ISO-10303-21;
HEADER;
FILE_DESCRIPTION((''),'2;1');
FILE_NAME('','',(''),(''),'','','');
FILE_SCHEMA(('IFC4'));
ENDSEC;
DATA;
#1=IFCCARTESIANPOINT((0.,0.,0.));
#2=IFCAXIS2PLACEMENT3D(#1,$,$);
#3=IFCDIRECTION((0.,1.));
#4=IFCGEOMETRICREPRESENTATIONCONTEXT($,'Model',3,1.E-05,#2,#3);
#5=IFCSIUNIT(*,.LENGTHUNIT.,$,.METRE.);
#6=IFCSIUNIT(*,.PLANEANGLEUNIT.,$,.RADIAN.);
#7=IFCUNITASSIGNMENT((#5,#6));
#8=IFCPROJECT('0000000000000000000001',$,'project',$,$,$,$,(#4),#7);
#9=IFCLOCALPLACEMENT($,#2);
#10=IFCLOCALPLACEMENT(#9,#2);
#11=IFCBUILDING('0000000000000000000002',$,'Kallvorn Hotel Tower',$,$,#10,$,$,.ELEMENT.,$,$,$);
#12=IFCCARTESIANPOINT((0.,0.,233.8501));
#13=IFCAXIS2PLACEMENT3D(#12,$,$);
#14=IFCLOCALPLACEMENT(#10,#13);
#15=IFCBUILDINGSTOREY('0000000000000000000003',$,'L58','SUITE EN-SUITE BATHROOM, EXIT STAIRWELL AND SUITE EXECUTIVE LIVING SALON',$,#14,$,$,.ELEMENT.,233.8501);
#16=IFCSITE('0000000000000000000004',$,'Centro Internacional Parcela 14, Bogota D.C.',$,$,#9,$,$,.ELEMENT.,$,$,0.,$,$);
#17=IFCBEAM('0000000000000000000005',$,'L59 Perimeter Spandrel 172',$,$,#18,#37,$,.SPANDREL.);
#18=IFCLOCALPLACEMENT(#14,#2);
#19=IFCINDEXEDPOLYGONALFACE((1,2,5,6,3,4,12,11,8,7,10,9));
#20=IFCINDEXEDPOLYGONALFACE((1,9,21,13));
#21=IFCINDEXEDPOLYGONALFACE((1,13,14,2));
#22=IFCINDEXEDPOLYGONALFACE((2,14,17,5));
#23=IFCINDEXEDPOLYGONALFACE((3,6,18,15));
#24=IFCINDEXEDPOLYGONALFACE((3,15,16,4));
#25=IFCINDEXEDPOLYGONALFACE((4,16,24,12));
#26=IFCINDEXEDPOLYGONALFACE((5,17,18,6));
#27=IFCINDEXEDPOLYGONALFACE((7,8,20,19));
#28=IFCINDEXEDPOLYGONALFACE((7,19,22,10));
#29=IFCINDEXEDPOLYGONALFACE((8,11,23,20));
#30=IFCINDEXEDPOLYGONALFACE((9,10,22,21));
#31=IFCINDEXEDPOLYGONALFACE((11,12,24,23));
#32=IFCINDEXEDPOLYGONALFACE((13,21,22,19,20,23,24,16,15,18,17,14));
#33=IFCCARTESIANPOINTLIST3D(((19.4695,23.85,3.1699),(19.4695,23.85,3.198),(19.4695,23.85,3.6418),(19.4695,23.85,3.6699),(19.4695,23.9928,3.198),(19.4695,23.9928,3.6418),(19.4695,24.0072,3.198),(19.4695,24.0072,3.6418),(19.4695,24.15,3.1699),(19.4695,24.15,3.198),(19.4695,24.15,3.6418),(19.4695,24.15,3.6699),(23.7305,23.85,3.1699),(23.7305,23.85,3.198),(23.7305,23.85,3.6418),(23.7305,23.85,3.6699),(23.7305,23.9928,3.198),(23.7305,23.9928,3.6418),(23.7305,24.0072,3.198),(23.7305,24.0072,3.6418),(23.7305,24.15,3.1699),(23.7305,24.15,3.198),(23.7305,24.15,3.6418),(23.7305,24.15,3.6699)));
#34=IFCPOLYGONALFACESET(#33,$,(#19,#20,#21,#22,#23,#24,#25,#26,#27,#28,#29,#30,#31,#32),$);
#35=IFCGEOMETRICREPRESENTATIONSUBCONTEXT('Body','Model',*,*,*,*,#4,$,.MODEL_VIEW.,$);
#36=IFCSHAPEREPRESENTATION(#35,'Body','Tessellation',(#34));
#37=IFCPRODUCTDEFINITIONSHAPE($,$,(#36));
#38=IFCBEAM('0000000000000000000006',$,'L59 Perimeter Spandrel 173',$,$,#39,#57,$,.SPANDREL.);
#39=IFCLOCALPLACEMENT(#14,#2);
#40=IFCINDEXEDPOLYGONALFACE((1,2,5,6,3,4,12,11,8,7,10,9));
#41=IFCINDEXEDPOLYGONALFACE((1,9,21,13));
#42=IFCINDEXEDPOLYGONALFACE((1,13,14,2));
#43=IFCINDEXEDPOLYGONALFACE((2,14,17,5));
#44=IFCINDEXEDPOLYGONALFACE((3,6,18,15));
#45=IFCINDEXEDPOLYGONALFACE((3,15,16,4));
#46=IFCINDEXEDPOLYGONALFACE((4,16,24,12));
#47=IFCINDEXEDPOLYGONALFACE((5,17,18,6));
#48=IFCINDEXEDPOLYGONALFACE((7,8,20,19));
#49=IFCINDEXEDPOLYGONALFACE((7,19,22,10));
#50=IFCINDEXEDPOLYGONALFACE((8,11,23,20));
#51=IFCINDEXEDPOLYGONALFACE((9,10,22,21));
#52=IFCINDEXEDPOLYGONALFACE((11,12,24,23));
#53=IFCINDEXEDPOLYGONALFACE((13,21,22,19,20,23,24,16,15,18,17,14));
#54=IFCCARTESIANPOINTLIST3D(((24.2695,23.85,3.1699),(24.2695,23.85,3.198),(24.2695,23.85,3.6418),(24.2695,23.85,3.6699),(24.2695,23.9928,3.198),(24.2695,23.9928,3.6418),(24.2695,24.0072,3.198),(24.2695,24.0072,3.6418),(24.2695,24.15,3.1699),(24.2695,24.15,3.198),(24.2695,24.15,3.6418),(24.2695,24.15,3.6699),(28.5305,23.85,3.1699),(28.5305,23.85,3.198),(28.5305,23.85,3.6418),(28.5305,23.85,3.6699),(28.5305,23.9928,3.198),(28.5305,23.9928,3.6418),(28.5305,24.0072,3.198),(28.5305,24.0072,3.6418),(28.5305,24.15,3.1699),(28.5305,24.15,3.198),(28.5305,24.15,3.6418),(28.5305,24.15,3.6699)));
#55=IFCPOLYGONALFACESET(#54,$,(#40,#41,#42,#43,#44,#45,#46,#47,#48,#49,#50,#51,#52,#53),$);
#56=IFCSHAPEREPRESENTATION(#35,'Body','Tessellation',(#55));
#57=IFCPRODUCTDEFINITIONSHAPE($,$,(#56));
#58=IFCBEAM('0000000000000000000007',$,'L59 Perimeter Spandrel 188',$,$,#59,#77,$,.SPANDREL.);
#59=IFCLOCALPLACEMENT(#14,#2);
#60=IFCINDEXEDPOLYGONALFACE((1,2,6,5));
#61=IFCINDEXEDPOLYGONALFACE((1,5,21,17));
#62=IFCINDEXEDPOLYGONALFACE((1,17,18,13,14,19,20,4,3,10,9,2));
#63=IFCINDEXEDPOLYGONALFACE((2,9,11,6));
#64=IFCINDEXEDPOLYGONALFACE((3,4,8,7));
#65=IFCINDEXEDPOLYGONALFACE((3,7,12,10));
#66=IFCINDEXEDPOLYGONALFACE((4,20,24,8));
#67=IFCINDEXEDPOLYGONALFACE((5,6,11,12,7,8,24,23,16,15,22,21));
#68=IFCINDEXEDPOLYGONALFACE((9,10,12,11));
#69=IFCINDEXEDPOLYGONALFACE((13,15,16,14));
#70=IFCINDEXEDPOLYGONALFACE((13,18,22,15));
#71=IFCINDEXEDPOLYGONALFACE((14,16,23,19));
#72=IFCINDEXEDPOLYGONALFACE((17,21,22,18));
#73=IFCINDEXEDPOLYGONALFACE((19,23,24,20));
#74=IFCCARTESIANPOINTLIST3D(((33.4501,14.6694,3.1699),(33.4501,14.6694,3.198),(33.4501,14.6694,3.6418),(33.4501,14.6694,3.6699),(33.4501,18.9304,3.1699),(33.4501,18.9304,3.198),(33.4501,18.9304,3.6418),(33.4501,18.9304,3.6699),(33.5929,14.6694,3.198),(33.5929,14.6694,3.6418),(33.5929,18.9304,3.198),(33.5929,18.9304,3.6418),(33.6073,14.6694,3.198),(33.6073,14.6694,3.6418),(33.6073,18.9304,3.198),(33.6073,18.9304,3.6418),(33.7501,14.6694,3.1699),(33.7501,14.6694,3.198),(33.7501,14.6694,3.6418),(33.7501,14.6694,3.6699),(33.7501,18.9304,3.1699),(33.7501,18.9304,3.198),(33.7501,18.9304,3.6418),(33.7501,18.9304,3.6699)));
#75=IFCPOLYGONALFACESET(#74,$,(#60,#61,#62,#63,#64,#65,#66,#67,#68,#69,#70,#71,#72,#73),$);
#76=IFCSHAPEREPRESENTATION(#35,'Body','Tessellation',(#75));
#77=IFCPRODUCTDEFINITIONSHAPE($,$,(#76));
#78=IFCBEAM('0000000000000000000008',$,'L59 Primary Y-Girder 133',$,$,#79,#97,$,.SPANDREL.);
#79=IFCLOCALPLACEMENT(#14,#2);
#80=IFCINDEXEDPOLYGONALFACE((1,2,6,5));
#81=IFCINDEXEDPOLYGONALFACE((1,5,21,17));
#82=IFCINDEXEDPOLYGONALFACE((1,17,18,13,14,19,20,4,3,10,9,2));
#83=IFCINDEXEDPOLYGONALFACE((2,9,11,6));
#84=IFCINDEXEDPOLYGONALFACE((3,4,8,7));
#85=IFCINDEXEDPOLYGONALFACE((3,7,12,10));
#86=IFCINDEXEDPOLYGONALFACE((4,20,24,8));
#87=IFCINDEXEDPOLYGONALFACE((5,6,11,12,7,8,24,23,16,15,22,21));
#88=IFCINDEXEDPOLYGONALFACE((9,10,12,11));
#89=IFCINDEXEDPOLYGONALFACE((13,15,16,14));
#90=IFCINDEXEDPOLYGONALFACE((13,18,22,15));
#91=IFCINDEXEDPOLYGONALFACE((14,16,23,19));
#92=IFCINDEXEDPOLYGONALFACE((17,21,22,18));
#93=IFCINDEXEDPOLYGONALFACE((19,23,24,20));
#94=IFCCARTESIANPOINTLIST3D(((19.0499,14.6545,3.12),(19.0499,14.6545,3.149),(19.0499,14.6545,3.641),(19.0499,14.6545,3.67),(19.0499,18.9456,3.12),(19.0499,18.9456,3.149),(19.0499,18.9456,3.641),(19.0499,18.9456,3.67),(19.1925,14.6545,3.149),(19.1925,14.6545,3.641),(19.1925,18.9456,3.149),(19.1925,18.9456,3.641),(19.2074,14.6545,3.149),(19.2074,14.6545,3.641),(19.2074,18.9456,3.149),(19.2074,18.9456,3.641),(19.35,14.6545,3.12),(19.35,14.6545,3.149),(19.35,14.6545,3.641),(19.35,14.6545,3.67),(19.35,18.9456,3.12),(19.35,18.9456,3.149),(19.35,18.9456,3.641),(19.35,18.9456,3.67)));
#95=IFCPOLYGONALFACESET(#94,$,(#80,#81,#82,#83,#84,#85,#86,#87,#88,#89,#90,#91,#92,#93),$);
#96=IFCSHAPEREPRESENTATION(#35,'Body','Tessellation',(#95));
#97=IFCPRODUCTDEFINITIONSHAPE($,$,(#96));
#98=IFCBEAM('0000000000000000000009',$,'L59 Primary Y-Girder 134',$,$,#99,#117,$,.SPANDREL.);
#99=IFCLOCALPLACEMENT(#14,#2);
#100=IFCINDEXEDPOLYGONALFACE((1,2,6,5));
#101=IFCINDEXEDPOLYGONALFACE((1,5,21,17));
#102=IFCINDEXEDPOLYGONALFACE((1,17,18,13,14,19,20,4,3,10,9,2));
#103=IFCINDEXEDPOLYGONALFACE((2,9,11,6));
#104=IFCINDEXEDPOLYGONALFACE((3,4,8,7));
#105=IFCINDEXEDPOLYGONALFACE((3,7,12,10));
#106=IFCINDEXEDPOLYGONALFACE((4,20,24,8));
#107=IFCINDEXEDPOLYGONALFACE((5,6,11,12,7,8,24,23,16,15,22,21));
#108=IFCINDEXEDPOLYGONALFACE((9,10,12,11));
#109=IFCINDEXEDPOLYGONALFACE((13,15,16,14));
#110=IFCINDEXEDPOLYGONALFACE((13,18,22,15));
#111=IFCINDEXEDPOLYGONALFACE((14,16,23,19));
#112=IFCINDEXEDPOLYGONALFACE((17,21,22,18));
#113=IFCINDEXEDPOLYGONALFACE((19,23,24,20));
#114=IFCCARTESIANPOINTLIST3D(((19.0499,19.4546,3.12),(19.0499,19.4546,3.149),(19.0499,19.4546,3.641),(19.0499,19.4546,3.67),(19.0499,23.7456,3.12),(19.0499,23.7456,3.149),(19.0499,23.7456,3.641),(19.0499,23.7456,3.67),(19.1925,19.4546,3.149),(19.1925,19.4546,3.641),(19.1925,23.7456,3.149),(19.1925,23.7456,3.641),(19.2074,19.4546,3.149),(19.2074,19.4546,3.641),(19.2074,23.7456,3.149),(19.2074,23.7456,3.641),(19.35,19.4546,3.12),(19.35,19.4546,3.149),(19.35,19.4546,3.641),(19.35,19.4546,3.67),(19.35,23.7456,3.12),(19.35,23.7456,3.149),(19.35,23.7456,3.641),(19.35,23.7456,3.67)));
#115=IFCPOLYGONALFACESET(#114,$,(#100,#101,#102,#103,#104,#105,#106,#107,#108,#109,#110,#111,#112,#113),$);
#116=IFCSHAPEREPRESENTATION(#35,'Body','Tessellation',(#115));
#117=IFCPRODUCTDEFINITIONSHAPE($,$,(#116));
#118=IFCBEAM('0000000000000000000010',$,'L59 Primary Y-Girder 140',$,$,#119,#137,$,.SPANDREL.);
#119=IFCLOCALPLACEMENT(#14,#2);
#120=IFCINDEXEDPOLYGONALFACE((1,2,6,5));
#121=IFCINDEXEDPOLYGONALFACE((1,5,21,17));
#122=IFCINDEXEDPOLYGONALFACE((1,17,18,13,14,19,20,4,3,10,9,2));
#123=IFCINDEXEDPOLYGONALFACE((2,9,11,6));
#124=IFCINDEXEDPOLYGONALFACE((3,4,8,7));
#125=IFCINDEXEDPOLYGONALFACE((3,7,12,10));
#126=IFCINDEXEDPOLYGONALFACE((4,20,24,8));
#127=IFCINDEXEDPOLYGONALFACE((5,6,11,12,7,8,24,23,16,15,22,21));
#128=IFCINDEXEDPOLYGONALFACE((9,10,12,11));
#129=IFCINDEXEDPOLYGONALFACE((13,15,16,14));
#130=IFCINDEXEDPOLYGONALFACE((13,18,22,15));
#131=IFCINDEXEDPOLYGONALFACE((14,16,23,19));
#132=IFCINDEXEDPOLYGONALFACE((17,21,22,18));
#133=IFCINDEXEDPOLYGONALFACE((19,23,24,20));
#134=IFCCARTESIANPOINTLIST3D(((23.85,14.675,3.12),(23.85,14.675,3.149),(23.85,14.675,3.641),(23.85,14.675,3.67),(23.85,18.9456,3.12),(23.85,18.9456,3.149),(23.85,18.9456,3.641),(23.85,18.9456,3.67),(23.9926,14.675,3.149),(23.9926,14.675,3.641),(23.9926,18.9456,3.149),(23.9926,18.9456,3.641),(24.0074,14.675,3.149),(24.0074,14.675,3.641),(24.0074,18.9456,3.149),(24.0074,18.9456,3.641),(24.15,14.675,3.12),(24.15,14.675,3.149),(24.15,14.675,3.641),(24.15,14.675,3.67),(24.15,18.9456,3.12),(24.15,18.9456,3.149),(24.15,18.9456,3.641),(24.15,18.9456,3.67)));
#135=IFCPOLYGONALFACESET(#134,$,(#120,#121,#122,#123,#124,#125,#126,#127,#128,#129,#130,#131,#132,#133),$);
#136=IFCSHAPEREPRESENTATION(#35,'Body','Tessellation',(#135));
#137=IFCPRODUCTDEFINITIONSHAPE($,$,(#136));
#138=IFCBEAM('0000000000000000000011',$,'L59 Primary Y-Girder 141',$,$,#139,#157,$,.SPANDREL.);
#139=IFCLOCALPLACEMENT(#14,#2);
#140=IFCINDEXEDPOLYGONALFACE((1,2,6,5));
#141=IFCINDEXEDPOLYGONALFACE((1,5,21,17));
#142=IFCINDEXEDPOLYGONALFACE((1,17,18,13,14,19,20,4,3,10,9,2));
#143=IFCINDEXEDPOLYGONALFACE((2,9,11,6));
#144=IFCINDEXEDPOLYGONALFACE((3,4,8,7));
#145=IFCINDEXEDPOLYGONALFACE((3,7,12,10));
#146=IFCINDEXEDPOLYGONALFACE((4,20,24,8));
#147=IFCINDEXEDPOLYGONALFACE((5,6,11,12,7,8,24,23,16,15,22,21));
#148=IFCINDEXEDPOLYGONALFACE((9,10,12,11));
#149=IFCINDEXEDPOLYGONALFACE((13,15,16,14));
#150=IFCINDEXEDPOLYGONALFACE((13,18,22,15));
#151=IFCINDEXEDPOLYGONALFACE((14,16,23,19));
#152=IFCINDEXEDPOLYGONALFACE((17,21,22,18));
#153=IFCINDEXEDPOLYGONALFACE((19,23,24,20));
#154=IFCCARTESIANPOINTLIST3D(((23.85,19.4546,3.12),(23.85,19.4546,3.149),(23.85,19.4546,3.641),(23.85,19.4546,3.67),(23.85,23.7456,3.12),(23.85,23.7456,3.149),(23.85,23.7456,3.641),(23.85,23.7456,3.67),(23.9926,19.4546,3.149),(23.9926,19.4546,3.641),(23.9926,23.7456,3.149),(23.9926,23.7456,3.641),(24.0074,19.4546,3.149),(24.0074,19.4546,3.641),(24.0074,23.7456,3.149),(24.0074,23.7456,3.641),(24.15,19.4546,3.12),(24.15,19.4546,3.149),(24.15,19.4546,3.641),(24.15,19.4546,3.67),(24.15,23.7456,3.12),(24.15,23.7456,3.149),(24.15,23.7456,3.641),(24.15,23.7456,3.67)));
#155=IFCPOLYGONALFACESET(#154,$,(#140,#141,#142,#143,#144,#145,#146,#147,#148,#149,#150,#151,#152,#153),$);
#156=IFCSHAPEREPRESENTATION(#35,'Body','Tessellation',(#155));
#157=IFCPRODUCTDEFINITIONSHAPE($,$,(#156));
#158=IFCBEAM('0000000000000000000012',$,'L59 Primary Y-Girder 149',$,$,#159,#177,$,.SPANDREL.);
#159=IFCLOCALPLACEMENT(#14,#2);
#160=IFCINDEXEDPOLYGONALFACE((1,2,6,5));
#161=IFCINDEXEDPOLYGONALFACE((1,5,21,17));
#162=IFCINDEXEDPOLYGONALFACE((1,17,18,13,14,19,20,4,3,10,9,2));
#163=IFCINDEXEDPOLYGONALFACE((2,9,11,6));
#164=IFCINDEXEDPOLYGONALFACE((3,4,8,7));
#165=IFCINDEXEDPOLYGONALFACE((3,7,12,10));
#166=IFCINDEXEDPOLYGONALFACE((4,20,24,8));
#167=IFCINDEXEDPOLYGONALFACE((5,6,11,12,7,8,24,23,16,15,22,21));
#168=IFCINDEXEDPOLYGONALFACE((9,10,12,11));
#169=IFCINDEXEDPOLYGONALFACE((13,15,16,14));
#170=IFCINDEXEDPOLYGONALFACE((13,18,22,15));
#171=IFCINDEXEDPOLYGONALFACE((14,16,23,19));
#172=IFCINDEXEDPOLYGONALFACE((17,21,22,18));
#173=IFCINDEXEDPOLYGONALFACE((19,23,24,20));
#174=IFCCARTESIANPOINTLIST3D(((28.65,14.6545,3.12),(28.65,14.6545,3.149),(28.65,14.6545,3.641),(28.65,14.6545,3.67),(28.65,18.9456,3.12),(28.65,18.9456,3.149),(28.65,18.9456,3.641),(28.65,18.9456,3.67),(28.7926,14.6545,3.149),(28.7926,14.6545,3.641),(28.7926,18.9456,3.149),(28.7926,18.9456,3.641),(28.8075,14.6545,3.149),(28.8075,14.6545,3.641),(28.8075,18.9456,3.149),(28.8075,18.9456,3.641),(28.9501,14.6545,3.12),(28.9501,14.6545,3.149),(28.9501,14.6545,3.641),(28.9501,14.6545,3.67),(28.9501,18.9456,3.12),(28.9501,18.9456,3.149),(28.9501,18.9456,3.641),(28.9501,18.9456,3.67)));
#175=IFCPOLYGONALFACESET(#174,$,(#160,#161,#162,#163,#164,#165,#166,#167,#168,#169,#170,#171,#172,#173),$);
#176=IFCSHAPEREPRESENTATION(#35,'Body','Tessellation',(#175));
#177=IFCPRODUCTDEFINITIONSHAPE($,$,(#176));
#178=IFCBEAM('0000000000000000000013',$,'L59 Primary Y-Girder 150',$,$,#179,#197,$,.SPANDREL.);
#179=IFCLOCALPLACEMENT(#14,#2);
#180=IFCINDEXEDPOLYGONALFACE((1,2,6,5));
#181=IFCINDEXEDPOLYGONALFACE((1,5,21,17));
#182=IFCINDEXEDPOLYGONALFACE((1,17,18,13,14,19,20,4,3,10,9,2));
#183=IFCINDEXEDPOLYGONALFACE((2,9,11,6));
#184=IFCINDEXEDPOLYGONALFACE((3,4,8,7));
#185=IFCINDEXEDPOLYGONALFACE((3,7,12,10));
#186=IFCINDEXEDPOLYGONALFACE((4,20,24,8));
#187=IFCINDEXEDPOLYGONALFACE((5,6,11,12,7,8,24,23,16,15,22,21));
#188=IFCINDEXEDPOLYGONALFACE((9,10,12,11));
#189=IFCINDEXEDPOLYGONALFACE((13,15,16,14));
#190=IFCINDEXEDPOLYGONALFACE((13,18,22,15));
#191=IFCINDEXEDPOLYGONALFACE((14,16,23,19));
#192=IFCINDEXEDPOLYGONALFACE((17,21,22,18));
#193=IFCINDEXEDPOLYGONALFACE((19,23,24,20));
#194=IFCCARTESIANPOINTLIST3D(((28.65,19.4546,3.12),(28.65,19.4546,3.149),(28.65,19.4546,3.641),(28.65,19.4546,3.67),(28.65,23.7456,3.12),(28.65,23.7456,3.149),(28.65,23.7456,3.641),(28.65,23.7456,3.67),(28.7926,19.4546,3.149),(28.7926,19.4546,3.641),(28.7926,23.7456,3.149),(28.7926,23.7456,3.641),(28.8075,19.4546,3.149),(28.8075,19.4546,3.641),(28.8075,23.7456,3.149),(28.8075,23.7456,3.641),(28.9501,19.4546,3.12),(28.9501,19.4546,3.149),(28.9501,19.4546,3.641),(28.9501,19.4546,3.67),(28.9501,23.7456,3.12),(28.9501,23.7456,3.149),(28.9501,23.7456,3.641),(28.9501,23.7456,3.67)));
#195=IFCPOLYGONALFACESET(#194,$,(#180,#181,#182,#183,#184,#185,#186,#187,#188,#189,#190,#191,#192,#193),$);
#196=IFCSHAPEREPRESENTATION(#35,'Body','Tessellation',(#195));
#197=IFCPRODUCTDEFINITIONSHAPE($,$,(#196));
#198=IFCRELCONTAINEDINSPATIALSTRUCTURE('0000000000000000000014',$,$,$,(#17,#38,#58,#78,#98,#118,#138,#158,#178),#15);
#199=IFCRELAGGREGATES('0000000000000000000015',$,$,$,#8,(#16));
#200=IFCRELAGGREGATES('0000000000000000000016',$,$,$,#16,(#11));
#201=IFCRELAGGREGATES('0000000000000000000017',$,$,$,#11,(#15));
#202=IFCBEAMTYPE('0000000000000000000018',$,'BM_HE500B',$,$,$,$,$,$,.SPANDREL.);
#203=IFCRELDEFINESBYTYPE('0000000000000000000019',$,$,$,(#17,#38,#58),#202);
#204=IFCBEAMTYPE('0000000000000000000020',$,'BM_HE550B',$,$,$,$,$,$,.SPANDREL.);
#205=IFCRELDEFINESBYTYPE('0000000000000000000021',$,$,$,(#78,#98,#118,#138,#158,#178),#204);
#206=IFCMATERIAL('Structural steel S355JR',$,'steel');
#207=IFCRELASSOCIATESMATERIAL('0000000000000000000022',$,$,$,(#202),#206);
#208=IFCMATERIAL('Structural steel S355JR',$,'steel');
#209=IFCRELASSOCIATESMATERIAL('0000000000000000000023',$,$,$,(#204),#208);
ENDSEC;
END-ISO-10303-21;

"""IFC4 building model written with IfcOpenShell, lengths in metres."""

from ifc_helpers import new_model, si_unit, direction, frame, origin, origin_2d, place, context, subcontext, project, spatial, i_section, extrude, material, material_profile, profile_set, type_object, element, save


model = new_model("IFC4")

# Units and contexts
model_context = context("Model", 3, precision=1e-05, world=origin(), true_north=direction((0.0, 1.0)))
body_context = subcontext(model_context, "Body", "Model", "MODEL_VIEW")
ifc_project = project(units=[si_unit("LENGTHUNIT", "METRE"), si_unit("PLANEANGLEUNIT", "RADIAN")], contexts=[model_context])

# Site, building, storey
site_placement = place(None, origin())
site = spatial("IfcSite", under=ifc_project, at=site_placement, Name="Centro Internacional Parcela 14, Bogota D.C.", CompositionType="ELEMENT", RefElevation=0.0)
building_placement = place(site_placement, origin())
building = spatial("IfcBuilding", under=site, at=building_placement, Name="Kallvorn Hotel Tower", CompositionType="ELEMENT")
storey_placement = place(building_placement, frame((0.0, 0.0, 233.8501)))
storey = spatial("IfcBuildingStorey", under=building, at=storey_placement, Name="L58", Description="SUITE EN-SUITE BATHROOM, EXIT STAIRWELL AND SUITE EXECUTIVE LIVING SALON", CompositionType="ELEMENT", Elevation=233.8501)

# Beams
ifc_material_1 = material(Name="Structural steel S355JR", Category="steel")
ifc_material_profile_1 = material_profile(ifc_material_1, i_section(OverallWidth=0.3, OverallDepth=0.5, WebThickness=0.0144, FlangeThickness=0.0281, at=origin_2d()), Name="HE 500 B")
ifc_profile_set_1 = profile_set([ifc_material_profile_1], Name="Structural steel S355JR")
beam_type_1 = type_object("IfcBeamType", Name="BM_HE500B", PredefinedType="SPANDREL", material=ifc_profile_set_1)
for number, where, z_axis, x_axis, name in (
    (1, (19.4695, 24.0, 3.4199), (1.0, 0.0, 0.0), (0.0, 1.0, 0.0), "L59 Perimeter Spandrel 172"),
    (2, (24.2695, 24.0, 3.4199), (1.0, 0.0, 0.0), (0.0, 1.0, 0.0), "L59 Perimeter Spandrel 173"),
    (3, (33.6001, 14.6694, 3.4199), (0.0, 1.0, 0.0), (-1.0, 0.0, 0.0), "L59 Perimeter Spandrel 188"),
):
    element("IfcBeam", number, at=place(storey_placement, frame(where, z_axis=z_axis, x_axis=x_axis)), inside=storey, type_object=beam_type_1, Name=name, PredefinedType="SPANDREL", context=body_context, shape_type="SweptSolid", body=[
        extrude(i_section(OverallWidth=0.3, OverallDepth=0.5, WebThickness=0.0144, FlangeThickness=0.0281, at=origin_2d()), origin(), (0.0, 0.0, 1.0), 4.261),
    ])
ifc_material_2 = material(Name="Structural steel S355JR", Category="steel")
ifc_material_profile_2 = material_profile(ifc_material_2, i_section(OverallWidth=0.3, OverallDepth=0.55, WebThickness=0.0149, FlangeThickness=0.0291, at=origin_2d()), Name="HE 550 B")
ifc_profile_set_2 = profile_set([ifc_material_profile_2], Name="Structural steel S355JR")
beam_type_2 = type_object("IfcBeamType", Name="BM_HE550B", PredefinedType="SPANDREL", material=ifc_profile_set_2)
for number, where, z_axis, x_axis, name in (
    (4, (19.2, 14.6545, 3.395), (0.0, 1.0, 0.0), (-1.0, 0.0, 0.0), "L59 Primary Y-Girder 133"),
    (5, (19.2, 19.4546, 3.395), (0.0, 1.0, 0.0), (-1.0, 0.0, 0.0), "L59 Primary Y-Girder 134"),
):
    element("IfcBeam", number, at=place(storey_placement, frame(where, z_axis=z_axis, x_axis=x_axis)), inside=storey, type_object=beam_type_2, Name=name, PredefinedType="SPANDREL", context=body_context, shape_type="SweptSolid", body=[
        extrude(i_section(OverallWidth=0.3, OverallDepth=0.55, WebThickness=0.0149, FlangeThickness=0.0291, at=origin_2d()), origin(), (0.0, 0.0, 1.0), 4.291),
    ])
beam_1_placement = place(storey_placement, frame((24.0, 14.675, 3.395), z_axis=(0.0, 1.0, 0.0), x_axis=(-1.0, 0.0, 0.0)))
element("IfcBeam", 6, at=beam_1_placement, inside=storey, type_object=beam_type_2, Name="L59 Primary Y-Girder 140", PredefinedType="SPANDREL", context=body_context, shape_type="SweptSolid", body=[
    extrude(i_section(OverallWidth=0.3, OverallDepth=0.55, WebThickness=0.0149, FlangeThickness=0.0291, at=origin_2d()), origin(), (0.0, 0.0, 1.0), 4.2705),
])
for number, where, z_axis, x_axis, name in (
    (7, (24.0, 19.4546, 3.395), (0.0, 1.0, 0.0), (-1.0, 0.0, 0.0), "L59 Primary Y-Girder 141"),
    (8, (28.8, 14.6545, 3.395), (0.0, 1.0, 0.0), (-1.0, 0.0, 0.0), "L59 Primary Y-Girder 149"),
    (9, (28.8, 19.4546, 3.395), (0.0, 1.0, 0.0), (-1.0, 0.0, 0.0), "L59 Primary Y-Girder 150"),
):
    element("IfcBeam", number, at=place(storey_placement, frame(where, z_axis=z_axis, x_axis=x_axis)), inside=storey, type_object=beam_type_2, Name=name, PredefinedType="SPANDREL", context=body_context, shape_type="SweptSolid", body=[
        extrude(i_section(OverallWidth=0.3, OverallDepth=0.55, WebThickness=0.0149, FlangeThickness=0.0291, at=origin_2d()), origin(), (0.0, 0.0, 1.0), 4.291),
    ])

save(model, "model.ifc")
